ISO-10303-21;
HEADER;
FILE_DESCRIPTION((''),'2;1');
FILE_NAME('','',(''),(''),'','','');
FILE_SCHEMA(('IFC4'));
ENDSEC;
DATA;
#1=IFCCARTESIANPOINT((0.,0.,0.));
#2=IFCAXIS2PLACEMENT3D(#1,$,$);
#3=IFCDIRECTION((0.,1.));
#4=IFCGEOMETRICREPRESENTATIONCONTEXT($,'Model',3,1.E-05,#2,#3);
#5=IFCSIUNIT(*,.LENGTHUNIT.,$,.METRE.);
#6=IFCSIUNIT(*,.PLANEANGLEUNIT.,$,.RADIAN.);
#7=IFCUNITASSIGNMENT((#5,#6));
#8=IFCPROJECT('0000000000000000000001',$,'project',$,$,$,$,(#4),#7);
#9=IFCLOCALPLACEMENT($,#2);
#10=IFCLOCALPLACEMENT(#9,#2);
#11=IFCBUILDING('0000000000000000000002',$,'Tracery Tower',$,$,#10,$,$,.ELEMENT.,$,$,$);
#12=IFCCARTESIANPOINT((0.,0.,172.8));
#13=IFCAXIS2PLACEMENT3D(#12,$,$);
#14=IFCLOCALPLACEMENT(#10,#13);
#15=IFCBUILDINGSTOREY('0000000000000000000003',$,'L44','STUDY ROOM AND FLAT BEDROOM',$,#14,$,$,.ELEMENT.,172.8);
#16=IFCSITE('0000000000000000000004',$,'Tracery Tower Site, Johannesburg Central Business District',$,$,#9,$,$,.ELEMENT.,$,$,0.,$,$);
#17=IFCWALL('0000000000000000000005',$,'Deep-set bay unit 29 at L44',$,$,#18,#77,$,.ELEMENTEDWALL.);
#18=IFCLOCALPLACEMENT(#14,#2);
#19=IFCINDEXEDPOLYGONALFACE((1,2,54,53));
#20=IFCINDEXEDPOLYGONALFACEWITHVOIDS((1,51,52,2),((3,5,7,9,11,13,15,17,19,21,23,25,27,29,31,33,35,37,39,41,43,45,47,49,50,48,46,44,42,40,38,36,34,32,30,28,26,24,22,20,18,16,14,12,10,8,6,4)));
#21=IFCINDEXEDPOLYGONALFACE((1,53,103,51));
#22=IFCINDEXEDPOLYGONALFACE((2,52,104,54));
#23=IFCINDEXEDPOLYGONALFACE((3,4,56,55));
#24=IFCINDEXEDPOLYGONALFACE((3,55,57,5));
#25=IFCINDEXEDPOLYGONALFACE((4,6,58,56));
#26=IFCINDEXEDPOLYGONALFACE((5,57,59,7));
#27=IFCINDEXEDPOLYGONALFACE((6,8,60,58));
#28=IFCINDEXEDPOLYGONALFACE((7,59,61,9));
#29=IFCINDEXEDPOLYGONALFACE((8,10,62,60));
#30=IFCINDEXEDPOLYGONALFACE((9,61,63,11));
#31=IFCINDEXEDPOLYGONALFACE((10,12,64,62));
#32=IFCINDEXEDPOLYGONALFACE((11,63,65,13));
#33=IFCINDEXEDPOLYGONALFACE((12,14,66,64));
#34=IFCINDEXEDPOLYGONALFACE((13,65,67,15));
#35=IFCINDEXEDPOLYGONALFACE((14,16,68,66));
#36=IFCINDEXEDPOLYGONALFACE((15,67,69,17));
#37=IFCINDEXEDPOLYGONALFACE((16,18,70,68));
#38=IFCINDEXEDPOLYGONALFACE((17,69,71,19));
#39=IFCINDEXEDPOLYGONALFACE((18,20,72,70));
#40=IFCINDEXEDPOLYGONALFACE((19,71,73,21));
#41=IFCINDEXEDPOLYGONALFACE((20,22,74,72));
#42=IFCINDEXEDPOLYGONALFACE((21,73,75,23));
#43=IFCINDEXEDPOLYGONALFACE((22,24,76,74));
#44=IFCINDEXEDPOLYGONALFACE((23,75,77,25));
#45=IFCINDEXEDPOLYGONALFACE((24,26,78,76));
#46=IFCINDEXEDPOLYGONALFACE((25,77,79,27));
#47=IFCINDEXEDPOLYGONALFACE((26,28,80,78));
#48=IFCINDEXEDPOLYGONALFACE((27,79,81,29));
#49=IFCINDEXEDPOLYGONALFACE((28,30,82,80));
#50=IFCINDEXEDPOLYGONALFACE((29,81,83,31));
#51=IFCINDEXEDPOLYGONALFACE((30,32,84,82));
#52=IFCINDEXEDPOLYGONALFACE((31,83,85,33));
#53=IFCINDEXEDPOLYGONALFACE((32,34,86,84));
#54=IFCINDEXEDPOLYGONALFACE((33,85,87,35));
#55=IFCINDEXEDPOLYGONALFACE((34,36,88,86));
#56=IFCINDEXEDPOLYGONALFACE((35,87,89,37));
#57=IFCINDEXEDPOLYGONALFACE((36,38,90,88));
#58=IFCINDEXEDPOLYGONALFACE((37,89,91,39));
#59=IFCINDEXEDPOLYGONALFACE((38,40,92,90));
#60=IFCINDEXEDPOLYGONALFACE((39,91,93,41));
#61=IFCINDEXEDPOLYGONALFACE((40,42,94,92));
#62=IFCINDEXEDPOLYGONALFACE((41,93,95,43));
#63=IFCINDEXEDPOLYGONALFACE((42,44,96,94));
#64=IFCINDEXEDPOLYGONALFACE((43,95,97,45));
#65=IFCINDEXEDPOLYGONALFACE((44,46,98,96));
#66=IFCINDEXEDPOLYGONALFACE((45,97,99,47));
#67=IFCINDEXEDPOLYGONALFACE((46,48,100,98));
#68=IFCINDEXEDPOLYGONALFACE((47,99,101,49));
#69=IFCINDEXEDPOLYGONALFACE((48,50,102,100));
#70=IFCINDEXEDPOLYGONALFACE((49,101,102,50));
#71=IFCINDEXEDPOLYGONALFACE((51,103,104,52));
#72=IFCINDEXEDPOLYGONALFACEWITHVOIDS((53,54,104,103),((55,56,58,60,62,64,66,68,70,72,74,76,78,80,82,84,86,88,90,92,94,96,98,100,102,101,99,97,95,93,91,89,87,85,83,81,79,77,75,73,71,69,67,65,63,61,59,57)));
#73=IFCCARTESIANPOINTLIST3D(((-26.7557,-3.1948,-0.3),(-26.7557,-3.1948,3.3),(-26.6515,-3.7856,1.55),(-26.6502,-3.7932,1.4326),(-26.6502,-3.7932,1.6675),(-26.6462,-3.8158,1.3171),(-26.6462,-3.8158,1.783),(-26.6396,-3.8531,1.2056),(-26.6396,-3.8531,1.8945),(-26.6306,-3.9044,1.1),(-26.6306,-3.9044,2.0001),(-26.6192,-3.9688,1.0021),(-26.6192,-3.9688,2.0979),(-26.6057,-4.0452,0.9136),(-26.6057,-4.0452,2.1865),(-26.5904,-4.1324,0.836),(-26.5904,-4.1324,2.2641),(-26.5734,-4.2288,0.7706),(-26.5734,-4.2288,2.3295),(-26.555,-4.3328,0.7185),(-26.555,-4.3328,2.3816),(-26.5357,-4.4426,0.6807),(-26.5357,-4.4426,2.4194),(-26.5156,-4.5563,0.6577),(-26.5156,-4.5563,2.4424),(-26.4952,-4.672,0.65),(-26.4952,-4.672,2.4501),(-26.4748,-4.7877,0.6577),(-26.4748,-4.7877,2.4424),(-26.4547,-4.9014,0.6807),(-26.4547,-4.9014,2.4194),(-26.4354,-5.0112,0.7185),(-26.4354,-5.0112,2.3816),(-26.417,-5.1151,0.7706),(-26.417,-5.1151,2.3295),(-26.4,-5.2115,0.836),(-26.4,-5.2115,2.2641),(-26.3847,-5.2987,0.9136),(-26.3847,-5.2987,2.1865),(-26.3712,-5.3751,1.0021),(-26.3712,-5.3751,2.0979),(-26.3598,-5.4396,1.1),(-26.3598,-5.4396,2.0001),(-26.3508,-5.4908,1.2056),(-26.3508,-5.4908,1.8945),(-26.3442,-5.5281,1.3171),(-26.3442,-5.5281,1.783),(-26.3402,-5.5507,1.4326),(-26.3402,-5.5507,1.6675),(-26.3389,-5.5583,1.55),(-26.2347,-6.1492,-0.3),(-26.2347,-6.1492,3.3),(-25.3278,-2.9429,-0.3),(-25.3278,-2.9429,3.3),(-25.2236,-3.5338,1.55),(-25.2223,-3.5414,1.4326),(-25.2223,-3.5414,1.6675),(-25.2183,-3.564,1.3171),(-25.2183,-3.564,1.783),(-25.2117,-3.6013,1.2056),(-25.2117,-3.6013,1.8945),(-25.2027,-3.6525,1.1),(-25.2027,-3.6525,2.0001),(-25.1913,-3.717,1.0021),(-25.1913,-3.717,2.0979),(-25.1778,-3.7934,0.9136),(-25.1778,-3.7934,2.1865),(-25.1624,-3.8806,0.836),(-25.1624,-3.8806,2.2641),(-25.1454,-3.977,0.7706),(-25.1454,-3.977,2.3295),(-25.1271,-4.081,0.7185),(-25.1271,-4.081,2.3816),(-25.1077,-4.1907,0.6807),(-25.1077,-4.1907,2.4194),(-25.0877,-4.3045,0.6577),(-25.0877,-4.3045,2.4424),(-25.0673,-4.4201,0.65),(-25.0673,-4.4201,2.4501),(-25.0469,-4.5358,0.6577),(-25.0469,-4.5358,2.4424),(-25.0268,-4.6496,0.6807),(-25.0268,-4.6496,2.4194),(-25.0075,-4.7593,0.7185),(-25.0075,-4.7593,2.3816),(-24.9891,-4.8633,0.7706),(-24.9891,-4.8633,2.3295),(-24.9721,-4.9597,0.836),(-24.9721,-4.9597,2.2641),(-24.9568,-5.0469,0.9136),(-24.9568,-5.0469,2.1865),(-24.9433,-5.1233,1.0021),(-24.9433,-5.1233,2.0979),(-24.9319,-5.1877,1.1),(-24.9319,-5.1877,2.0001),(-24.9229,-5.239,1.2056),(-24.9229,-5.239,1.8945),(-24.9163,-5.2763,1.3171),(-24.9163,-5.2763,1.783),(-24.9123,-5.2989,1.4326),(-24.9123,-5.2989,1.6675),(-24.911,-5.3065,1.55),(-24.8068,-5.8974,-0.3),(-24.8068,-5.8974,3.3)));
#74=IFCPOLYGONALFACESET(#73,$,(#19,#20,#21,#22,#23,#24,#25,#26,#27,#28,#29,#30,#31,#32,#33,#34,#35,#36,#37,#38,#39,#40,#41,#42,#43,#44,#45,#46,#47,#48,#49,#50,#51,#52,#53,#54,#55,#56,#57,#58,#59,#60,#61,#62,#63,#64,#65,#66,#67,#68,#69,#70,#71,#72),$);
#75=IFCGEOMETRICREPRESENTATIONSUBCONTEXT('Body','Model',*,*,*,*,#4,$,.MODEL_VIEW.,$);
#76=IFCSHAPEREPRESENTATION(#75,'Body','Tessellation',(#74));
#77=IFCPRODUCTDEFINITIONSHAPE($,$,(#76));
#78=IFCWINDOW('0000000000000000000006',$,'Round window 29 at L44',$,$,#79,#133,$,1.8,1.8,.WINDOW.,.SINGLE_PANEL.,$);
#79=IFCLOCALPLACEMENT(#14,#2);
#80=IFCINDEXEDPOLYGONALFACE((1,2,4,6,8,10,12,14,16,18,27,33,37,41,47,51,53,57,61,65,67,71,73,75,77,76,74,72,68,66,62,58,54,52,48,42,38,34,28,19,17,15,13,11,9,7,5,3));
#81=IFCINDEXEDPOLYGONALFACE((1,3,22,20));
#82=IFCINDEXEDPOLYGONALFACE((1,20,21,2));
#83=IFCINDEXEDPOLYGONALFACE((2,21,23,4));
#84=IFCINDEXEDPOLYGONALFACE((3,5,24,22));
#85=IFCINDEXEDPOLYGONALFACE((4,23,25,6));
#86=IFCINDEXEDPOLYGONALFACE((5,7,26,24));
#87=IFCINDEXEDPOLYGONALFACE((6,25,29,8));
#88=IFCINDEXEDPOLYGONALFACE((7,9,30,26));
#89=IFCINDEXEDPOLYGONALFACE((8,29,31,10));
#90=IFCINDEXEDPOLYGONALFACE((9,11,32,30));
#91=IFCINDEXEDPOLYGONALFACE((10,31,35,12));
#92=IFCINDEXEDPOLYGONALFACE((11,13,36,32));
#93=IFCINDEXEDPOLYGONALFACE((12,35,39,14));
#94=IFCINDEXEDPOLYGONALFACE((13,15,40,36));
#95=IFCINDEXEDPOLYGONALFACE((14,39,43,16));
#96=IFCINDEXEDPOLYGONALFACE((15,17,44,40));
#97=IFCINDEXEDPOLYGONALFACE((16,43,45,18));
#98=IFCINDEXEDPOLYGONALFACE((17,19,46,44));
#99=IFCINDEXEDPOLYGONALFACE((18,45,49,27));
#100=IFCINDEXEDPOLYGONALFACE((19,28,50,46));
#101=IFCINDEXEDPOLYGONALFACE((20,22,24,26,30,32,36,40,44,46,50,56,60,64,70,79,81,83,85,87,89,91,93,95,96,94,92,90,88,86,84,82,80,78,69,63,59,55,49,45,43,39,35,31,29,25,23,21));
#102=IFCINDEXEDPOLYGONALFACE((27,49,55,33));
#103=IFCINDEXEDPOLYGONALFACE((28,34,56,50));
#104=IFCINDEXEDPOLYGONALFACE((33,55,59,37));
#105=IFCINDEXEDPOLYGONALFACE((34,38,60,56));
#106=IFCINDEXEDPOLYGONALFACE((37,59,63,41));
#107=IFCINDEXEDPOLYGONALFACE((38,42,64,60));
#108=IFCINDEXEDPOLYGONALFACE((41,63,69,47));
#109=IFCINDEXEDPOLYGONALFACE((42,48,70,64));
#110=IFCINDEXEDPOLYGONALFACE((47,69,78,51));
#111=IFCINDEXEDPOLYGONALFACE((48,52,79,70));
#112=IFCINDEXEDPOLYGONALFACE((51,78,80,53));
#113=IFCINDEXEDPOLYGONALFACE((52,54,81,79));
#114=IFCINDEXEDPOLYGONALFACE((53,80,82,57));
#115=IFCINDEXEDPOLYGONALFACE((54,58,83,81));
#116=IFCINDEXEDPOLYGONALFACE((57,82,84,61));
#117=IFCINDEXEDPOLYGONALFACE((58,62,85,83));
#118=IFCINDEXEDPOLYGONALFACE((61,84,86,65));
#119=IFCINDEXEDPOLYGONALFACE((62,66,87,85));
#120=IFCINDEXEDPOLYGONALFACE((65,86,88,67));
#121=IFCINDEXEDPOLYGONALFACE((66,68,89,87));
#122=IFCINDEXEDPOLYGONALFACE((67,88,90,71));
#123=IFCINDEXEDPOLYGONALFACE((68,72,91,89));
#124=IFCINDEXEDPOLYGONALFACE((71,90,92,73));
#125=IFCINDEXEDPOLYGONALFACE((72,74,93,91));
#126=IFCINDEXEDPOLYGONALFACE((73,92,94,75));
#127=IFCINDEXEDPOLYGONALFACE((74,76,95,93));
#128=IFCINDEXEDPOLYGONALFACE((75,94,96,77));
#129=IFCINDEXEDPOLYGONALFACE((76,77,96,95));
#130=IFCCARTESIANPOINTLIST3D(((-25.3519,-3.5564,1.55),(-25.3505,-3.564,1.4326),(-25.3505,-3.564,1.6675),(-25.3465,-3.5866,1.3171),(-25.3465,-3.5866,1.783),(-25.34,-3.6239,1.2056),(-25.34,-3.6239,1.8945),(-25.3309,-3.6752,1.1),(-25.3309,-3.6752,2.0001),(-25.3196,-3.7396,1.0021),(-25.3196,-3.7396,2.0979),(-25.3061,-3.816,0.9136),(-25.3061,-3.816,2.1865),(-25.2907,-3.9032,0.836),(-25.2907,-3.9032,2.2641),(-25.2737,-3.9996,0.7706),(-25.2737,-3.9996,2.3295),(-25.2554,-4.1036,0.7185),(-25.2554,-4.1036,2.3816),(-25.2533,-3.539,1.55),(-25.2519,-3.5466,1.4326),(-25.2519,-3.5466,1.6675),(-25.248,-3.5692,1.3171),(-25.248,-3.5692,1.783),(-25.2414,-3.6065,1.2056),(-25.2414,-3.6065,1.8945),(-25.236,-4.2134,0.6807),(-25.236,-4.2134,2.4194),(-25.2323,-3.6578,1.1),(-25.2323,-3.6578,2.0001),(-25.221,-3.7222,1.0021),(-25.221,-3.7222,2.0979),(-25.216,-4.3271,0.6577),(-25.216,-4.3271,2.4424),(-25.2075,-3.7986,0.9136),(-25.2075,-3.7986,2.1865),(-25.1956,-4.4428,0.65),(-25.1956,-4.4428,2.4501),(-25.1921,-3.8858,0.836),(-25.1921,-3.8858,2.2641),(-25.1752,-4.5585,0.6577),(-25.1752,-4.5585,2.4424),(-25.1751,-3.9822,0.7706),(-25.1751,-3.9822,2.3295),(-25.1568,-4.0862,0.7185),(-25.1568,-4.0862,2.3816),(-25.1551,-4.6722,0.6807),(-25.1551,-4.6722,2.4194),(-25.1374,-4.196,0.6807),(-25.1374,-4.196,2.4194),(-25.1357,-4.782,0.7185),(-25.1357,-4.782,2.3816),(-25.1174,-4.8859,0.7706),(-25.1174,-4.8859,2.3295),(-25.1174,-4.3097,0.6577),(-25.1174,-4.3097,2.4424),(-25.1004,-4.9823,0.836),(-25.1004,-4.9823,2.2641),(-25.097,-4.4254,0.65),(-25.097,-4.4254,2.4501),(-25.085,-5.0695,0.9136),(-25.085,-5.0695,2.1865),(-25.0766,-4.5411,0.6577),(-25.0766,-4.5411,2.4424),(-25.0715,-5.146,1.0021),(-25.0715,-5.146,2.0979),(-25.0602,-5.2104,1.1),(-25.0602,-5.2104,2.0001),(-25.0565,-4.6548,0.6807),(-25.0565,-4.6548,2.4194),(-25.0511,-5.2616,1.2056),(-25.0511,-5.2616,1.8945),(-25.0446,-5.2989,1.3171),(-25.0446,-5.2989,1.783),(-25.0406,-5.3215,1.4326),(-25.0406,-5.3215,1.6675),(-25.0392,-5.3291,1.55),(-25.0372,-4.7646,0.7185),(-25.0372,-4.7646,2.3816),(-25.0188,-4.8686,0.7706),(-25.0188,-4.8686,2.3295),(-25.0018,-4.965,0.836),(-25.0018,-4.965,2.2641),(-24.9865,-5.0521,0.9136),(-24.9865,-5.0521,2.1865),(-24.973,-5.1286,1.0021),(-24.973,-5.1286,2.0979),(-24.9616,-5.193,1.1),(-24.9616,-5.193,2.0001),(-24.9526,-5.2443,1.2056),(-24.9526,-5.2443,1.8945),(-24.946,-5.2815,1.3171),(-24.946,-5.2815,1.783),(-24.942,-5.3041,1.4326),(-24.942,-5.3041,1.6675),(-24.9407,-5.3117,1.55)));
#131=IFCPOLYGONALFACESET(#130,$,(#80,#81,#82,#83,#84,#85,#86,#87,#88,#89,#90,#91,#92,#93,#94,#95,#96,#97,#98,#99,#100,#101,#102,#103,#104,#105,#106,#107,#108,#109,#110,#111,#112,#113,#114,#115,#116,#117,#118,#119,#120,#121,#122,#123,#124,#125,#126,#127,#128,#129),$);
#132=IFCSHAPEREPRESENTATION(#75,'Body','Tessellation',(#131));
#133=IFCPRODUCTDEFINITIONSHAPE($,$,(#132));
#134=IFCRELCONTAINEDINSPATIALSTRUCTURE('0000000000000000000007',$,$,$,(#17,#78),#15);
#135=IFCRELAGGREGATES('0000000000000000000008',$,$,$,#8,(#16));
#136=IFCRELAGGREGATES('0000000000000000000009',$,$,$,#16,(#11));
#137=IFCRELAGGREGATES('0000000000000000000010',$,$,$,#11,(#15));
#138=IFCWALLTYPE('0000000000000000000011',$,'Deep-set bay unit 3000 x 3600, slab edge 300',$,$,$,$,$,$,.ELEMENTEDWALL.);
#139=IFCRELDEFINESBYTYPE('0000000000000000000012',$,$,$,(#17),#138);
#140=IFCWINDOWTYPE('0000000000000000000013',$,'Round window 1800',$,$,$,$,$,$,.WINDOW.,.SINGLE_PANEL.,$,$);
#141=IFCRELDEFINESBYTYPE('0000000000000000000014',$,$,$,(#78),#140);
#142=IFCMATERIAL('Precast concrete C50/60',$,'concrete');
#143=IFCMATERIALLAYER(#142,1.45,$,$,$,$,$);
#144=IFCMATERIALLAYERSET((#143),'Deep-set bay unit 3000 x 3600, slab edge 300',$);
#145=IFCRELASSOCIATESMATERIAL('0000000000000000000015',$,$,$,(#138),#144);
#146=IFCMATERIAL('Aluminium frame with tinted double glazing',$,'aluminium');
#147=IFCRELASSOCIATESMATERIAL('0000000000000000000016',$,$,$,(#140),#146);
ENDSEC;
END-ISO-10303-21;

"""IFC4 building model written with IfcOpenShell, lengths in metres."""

from ifc_helpers import new_model, si_unit, direction, frame, frame_2d, origin, origin_2d, place, context, subcontext, project, spatial, rectangle, circle, extrude, material, layer, layer_set, type_object, element, fill, save


model = new_model("IFC4")

# Units and contexts
model_context = context("Model", 3, precision=1e-05, world=origin(), true_north=direction((0.0, 1.0)))
body_context = subcontext(model_context, "Body", "Model", "MODEL_VIEW")
ifc_project = project(units=[si_unit("LENGTHUNIT", "METRE"), si_unit("PLANEANGLEUNIT", "RADIAN")], contexts=[model_context])

# Site, building, storey
site_placement = place(None, origin())
site = spatial("IfcSite", under=ifc_project, at=site_placement, Name="Tracery Tower Site, Johannesburg Central Business District", CompositionType="ELEMENT", RefElevation=0.0)
building_placement = place(site_placement, origin())
building = spatial("IfcBuilding", under=site, at=building_placement, Name="Tracery Tower", CompositionType="ELEMENT")
storey_placement = place(building_placement, frame((0.0, 0.0, 172.8)))
storey = spatial("IfcBuildingStorey", under=building, at=storey_placement, Name="L44", Description="STUDY ROOM AND FLAT BEDROOM", CompositionType="ELEMENT", Elevation=172.8)

# Wall, opening, window
ifc_material_1 = material(Name="Precast concrete C50/60", Category="concrete")
ifc_layer_1 = layer(ifc_material_1, 1.45)
ifc_layer_set_1 = layer_set([ifc_layer_1], Name="Deep-set bay unit 3000 x 3600, slab edge 300")
wall_type_1 = type_object("IfcWallType", Name="Deep-set bay unit 3000 x 3600, slab edge 300", PredefinedType="ELEMENTEDWALL", material=ifc_layer_set_1)
wall_1_placement = place(storey_placement, frame((-26.0417, -3.0688, -0.3), z_axis=(0.0, 0.0, 1.0), x_axis=(0.173669, -0.984804, 0.0)))
wall_1 = element("IfcWall", 1, at=wall_1_placement, inside=storey, type_object=wall_type_1, Name="Deep-set bay unit 29 at L44", PredefinedType="ELEMENTEDWALL", context=body_context, shape_type="SweptSolid", body=[
    extrude(rectangle(XDim=3.0, YDim=1.45, at=frame_2d((1.5, 0.0))), origin(), (0.0, 0.0, 1.0), 3.6001),
])
opening_1_placement = place(wall_1_placement, frame((1.5, 0.0, 1.8501)))
opening_1 = element("IfcOpeningElement", 2, at=opening_1_placement, cuts=wall_1, PredefinedType="OPENING", context=body_context, shape_type="SweptSolid", body=[
    extrude(circle(Radius=0.9, at=origin_2d()), frame((0.0, 0.7349, 0.0), z_axis=(0.0, -1.0, 0.0), x_axis=(1.0, 0.0, 0.0)), (0.0, 0.0, 1.0), 1.47),
])
ifc_material_2 = material(Name="Aluminium frame with tinted double glazing", Category="aluminium")
window_type = type_object("IfcWindowType", Name="Round window 1800", PartitioningType="SINGLE_PANEL", PredefinedType="WINDOW", material=ifc_material_2)
window_1_placement = place(opening_1_placement, origin())
window_1 = element("IfcWindow", 3, at=window_1_placement, inside=storey, type_object=window_type, Name="Round window 29 at L44", OverallHeight=1.8, OverallWidth=1.8, PartitioningType="SINGLE_PANEL", PredefinedType="WINDOW", context=body_context, shape_type="SweptSolid", body=[
    extrude(circle(Radius=0.9, at=origin_2d()), frame((0.0, 0.6948, 0.0), z_axis=(0.0, -1.0, 0.0), x_axis=(1.0, 0.0, 0.0)), (0.0, 0.0, 1.0), 0.1001),
])
fill(opening_1, window_1)

save(model, "model.ifc")
